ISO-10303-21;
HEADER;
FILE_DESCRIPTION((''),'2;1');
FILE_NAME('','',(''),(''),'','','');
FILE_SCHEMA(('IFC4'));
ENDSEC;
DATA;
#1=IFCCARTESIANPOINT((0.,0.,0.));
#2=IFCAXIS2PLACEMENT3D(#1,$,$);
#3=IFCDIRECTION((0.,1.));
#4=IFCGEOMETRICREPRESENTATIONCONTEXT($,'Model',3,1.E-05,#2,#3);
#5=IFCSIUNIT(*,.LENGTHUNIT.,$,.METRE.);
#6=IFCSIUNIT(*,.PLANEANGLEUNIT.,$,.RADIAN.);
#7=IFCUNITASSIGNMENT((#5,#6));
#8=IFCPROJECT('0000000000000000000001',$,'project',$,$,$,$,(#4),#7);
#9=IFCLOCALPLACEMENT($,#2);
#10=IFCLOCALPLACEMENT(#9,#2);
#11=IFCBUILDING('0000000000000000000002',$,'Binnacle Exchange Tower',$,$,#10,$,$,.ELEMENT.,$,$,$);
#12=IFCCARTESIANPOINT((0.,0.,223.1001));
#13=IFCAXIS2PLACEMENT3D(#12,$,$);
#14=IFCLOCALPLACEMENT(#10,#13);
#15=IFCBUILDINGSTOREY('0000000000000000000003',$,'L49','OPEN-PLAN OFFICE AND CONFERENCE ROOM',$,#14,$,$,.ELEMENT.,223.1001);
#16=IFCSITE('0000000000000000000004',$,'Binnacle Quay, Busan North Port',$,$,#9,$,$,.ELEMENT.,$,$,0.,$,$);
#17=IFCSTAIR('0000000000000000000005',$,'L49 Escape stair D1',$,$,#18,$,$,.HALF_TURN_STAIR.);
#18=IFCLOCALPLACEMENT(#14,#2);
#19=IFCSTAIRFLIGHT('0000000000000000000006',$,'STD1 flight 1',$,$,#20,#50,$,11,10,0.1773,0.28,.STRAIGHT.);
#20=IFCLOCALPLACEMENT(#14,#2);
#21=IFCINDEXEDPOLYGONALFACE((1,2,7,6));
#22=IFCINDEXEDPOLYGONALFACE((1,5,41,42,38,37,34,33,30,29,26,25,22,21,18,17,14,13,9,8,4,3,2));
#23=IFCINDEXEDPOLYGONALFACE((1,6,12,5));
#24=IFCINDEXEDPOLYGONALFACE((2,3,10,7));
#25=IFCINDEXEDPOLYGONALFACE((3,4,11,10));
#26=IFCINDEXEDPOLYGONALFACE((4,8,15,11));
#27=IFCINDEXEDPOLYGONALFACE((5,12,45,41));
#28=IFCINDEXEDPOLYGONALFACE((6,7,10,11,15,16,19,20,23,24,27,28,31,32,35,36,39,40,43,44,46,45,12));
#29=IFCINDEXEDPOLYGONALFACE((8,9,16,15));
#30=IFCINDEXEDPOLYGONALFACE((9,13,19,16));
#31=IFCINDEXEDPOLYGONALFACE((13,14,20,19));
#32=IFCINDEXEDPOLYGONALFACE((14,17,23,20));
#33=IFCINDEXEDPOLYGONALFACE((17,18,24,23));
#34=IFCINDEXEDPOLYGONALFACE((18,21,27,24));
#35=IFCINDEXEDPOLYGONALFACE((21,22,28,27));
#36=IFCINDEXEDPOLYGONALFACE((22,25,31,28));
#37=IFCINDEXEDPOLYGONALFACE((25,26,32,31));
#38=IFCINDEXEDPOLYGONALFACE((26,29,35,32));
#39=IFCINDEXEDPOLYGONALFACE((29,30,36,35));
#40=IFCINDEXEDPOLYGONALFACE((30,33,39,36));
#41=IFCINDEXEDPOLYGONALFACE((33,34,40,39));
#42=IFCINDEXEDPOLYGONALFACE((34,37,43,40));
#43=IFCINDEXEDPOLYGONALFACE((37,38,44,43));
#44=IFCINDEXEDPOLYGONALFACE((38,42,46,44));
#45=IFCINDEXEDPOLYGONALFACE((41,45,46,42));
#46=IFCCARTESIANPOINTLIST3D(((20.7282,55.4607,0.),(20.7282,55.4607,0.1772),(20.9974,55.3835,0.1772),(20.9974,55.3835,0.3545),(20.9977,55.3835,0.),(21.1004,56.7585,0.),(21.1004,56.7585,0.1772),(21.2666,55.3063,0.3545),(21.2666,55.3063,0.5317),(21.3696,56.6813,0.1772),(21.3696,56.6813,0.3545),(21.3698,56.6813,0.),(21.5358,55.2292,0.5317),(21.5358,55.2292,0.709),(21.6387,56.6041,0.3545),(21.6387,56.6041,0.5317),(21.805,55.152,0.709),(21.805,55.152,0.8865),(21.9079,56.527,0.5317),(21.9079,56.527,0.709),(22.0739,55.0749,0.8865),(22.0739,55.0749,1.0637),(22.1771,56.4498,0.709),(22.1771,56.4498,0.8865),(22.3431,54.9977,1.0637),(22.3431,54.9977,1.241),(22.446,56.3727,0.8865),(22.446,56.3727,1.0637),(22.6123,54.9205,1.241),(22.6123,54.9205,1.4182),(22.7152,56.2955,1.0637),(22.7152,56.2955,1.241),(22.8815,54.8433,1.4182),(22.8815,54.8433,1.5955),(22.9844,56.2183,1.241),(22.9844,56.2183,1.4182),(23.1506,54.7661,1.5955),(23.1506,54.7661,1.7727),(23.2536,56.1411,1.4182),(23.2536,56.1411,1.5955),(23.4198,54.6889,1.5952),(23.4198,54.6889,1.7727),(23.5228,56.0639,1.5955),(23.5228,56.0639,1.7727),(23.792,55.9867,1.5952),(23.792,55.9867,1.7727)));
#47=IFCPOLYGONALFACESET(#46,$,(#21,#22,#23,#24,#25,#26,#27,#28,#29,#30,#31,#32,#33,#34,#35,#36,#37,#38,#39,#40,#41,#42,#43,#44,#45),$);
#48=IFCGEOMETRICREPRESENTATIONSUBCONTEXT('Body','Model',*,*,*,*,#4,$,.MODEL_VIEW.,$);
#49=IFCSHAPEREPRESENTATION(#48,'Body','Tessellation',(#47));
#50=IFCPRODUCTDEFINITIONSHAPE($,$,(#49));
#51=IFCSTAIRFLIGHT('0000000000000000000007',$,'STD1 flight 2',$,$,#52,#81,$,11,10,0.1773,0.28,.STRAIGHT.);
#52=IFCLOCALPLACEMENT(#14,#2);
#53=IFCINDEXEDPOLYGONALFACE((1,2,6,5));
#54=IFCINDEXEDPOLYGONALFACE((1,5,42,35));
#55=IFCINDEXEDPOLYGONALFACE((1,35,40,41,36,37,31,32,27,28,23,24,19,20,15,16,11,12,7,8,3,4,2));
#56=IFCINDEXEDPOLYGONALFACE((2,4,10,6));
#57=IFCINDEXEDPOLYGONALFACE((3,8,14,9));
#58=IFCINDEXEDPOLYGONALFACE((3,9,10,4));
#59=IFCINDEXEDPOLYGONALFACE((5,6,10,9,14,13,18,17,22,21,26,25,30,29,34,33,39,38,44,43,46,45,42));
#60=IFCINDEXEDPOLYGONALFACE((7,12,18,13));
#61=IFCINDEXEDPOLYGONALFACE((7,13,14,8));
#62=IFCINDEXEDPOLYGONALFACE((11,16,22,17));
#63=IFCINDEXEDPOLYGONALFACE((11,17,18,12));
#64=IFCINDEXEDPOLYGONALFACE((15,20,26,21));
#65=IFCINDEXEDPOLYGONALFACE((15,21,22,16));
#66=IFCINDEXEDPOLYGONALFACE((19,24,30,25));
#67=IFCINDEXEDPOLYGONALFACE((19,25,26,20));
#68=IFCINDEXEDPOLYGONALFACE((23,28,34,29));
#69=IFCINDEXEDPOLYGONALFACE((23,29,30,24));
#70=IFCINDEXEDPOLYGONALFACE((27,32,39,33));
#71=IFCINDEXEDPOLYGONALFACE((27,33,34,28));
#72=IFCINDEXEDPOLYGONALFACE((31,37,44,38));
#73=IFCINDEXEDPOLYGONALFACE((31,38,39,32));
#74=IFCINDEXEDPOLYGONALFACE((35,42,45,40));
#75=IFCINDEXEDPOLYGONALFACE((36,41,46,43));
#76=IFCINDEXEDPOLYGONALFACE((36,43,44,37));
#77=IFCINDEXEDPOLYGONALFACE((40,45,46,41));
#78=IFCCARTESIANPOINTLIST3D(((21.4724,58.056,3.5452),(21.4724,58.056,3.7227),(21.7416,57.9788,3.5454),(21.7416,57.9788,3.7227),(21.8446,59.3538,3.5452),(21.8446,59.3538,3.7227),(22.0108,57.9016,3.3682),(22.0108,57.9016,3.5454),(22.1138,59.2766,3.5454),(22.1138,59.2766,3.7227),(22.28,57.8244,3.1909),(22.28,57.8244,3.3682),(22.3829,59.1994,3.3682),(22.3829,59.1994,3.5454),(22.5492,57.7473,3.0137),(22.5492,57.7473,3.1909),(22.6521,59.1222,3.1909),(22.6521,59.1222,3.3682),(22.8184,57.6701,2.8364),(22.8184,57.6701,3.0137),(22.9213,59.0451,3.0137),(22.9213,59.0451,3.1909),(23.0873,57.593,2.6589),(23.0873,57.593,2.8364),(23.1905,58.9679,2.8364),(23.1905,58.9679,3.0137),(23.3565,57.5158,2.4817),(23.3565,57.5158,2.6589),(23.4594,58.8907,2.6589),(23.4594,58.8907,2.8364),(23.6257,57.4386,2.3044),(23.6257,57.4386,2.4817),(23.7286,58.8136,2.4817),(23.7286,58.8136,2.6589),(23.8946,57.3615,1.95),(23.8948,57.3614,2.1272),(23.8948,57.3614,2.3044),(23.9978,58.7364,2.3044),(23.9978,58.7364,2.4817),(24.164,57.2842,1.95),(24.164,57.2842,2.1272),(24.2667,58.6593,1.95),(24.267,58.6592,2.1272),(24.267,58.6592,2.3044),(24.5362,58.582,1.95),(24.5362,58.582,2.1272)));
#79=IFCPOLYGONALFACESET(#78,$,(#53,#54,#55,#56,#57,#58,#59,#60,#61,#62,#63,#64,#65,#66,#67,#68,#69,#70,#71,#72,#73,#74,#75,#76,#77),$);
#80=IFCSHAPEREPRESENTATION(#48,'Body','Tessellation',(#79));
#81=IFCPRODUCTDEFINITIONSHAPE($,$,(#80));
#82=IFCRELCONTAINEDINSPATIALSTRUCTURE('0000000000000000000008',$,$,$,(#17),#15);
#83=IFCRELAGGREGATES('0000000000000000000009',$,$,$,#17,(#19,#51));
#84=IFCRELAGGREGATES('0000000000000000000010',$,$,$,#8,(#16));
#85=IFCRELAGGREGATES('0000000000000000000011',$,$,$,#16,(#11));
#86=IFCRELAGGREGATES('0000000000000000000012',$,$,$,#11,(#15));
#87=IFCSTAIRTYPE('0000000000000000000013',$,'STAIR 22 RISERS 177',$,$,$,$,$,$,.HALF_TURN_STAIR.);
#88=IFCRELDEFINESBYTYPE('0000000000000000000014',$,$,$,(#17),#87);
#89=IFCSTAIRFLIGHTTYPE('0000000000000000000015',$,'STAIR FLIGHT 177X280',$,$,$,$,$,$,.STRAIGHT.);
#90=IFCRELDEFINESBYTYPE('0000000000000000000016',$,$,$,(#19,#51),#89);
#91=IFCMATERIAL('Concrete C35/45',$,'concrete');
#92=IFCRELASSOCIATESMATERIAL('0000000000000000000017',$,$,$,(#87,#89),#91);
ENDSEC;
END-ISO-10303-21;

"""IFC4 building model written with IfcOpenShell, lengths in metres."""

from ifc_helpers import new_model, si_unit, direction, frame, origin, place, context, subcontext, project, spatial, polyline, outline, extrude, material, type_object, element, aggregate, save


model = new_model("IFC4")

# Units and contexts
model_context = context("Model", 3, precision=1e-05, world=origin(), true_north=direction((0.0, 1.0)))
body_context = subcontext(model_context, "Body", "Model", "MODEL_VIEW")
ifc_project = project(units=[si_unit("LENGTHUNIT", "METRE"), si_unit("PLANEANGLEUNIT", "RADIAN")], contexts=[model_context])

# Site, building, storey
site_placement = place(None, origin())
site = spatial("IfcSite", under=ifc_project, at=site_placement, Name="Binnacle Quay, Busan North Port", CompositionType="ELEMENT", RefElevation=0.0)
building_placement = place(site_placement, origin())
building = spatial("IfcBuilding", under=site, at=building_placement, Name="Binnacle Exchange Tower", CompositionType="ELEMENT")
storey_placement = place(building_placement, frame((0.0, 0.0, 223.1001)))
storey = spatial("IfcBuildingStorey", under=building, at=storey_placement, Name="L49", Description="OPEN-PLAN OFFICE AND CONFERENCE ROOM", CompositionType="ELEMENT", Elevation=223.1001)

# Stair, stair flights
ifc_material_1 = material(Name="Concrete C35/45", Category="concrete")
stair_type = type_object("IfcStairType", Name="STAIR 22 RISERS 177", PredefinedType="HALF_TURN_STAIR", material=ifc_material_1)
stair_placement = place(storey_placement, origin())
stair = element("IfcStair", 1, at=stair_placement, inside=storey, type_object=stair_type, Name="L49 Escape stair D1", PredefinedType="HALF_TURN_STAIR")
stair_flight_type = type_object("IfcStairFlightType", Name="STAIR FLIGHT 177X280", PredefinedType="STRAIGHT", material=ifc_material_1)
stair_flight_1_placement = place(storey_placement, frame((20.9143, 56.1096, 0.0), z_axis=(0.0, 0.0, 1.0), x_axis=(0.961262, -0.275637, 0.0)))
stair_flight_1 = element("IfcStairFlight", 2, at=stair_flight_1_placement, type_object=stair_flight_type, Name="STD1 flight 1", NumberOfRisers=11, NumberOfTreads=10, PredefinedType="STRAIGHT", RiserHeight=0.1773, TreadLength=0.28, context=body_context, shape_type="SweptSolid", body=[
    extrude(outline(polyline([(0.0, 0.0), (0.0, 0.1772), (0.28, 0.1772), (0.28, 0.3545), (0.5601, 0.3545), (0.5601, 0.5317), (0.8401, 0.5317), (0.8401, 0.709), (1.1201, 0.709), (1.1201, 0.8865), (1.3999, 0.8865), (1.3999, 1.0637), (1.6799, 1.0637), (1.6799, 1.241), (1.96, 1.241), (1.96, 1.4182), (2.24, 1.4182), (2.24, 1.5955), (2.52, 1.5955), (2.52, 1.7727), (2.8, 1.7727), (2.8, 1.95), (2.8, 1.5952), (0.2803, 0.0), (0.0, 0.0)])), frame((0.0, 0.675, 0.0), z_axis=(0.0, -1.0, 0.0), x_axis=(1.0, 0.0, 0.0)), (0.0, 0.0, 1.0), 1.3501),
])
stair_flight_2_placement = place(storey_placement, frame((24.3501, 57.9331, 1.95), z_axis=(0.0, 0.0, 1.0), x_axis=(-0.961262, 0.275637, 0.0)))
stair_flight_2 = element("IfcStairFlight", 3, at=stair_flight_2_placement, type_object=stair_flight_type, Name="STD1 flight 2", NumberOfRisers=11, NumberOfTreads=10, PredefinedType="STRAIGHT", RiserHeight=0.1773, TreadLength=0.28, context=body_context, shape_type="SweptSolid", body=[
    extrude(outline(polyline([(0.0, 0.0), (0.0, 0.1772), (0.28, 0.1772), (0.28, 0.3545), (0.5601, 0.3545), (0.5601, 0.5317), (0.8401, 0.5317), (0.8401, 0.709), (1.1201, 0.709), (1.1201, 0.8865), (1.3999, 0.8865), (1.3999, 1.0637), (1.6799, 1.0637), (1.6799, 1.241), (1.96, 1.241), (1.96, 1.4182), (2.24, 1.4182), (2.24, 1.5955), (2.52, 1.5955), (2.52, 1.7727), (2.8, 1.7727), (2.8, 1.95), (2.8, 1.5952), (0.2803, 0.0), (0.0, 0.0)])), frame((0.0, 0.675, 0.0), z_axis=(0.0, -1.0, 0.0), x_axis=(1.0, 0.0, 0.0)), (0.0, 0.0, 1.0), 1.3501),
])
aggregate(stair, [stair_flight_1, stair_flight_2])

save(model, "model.ifc")
